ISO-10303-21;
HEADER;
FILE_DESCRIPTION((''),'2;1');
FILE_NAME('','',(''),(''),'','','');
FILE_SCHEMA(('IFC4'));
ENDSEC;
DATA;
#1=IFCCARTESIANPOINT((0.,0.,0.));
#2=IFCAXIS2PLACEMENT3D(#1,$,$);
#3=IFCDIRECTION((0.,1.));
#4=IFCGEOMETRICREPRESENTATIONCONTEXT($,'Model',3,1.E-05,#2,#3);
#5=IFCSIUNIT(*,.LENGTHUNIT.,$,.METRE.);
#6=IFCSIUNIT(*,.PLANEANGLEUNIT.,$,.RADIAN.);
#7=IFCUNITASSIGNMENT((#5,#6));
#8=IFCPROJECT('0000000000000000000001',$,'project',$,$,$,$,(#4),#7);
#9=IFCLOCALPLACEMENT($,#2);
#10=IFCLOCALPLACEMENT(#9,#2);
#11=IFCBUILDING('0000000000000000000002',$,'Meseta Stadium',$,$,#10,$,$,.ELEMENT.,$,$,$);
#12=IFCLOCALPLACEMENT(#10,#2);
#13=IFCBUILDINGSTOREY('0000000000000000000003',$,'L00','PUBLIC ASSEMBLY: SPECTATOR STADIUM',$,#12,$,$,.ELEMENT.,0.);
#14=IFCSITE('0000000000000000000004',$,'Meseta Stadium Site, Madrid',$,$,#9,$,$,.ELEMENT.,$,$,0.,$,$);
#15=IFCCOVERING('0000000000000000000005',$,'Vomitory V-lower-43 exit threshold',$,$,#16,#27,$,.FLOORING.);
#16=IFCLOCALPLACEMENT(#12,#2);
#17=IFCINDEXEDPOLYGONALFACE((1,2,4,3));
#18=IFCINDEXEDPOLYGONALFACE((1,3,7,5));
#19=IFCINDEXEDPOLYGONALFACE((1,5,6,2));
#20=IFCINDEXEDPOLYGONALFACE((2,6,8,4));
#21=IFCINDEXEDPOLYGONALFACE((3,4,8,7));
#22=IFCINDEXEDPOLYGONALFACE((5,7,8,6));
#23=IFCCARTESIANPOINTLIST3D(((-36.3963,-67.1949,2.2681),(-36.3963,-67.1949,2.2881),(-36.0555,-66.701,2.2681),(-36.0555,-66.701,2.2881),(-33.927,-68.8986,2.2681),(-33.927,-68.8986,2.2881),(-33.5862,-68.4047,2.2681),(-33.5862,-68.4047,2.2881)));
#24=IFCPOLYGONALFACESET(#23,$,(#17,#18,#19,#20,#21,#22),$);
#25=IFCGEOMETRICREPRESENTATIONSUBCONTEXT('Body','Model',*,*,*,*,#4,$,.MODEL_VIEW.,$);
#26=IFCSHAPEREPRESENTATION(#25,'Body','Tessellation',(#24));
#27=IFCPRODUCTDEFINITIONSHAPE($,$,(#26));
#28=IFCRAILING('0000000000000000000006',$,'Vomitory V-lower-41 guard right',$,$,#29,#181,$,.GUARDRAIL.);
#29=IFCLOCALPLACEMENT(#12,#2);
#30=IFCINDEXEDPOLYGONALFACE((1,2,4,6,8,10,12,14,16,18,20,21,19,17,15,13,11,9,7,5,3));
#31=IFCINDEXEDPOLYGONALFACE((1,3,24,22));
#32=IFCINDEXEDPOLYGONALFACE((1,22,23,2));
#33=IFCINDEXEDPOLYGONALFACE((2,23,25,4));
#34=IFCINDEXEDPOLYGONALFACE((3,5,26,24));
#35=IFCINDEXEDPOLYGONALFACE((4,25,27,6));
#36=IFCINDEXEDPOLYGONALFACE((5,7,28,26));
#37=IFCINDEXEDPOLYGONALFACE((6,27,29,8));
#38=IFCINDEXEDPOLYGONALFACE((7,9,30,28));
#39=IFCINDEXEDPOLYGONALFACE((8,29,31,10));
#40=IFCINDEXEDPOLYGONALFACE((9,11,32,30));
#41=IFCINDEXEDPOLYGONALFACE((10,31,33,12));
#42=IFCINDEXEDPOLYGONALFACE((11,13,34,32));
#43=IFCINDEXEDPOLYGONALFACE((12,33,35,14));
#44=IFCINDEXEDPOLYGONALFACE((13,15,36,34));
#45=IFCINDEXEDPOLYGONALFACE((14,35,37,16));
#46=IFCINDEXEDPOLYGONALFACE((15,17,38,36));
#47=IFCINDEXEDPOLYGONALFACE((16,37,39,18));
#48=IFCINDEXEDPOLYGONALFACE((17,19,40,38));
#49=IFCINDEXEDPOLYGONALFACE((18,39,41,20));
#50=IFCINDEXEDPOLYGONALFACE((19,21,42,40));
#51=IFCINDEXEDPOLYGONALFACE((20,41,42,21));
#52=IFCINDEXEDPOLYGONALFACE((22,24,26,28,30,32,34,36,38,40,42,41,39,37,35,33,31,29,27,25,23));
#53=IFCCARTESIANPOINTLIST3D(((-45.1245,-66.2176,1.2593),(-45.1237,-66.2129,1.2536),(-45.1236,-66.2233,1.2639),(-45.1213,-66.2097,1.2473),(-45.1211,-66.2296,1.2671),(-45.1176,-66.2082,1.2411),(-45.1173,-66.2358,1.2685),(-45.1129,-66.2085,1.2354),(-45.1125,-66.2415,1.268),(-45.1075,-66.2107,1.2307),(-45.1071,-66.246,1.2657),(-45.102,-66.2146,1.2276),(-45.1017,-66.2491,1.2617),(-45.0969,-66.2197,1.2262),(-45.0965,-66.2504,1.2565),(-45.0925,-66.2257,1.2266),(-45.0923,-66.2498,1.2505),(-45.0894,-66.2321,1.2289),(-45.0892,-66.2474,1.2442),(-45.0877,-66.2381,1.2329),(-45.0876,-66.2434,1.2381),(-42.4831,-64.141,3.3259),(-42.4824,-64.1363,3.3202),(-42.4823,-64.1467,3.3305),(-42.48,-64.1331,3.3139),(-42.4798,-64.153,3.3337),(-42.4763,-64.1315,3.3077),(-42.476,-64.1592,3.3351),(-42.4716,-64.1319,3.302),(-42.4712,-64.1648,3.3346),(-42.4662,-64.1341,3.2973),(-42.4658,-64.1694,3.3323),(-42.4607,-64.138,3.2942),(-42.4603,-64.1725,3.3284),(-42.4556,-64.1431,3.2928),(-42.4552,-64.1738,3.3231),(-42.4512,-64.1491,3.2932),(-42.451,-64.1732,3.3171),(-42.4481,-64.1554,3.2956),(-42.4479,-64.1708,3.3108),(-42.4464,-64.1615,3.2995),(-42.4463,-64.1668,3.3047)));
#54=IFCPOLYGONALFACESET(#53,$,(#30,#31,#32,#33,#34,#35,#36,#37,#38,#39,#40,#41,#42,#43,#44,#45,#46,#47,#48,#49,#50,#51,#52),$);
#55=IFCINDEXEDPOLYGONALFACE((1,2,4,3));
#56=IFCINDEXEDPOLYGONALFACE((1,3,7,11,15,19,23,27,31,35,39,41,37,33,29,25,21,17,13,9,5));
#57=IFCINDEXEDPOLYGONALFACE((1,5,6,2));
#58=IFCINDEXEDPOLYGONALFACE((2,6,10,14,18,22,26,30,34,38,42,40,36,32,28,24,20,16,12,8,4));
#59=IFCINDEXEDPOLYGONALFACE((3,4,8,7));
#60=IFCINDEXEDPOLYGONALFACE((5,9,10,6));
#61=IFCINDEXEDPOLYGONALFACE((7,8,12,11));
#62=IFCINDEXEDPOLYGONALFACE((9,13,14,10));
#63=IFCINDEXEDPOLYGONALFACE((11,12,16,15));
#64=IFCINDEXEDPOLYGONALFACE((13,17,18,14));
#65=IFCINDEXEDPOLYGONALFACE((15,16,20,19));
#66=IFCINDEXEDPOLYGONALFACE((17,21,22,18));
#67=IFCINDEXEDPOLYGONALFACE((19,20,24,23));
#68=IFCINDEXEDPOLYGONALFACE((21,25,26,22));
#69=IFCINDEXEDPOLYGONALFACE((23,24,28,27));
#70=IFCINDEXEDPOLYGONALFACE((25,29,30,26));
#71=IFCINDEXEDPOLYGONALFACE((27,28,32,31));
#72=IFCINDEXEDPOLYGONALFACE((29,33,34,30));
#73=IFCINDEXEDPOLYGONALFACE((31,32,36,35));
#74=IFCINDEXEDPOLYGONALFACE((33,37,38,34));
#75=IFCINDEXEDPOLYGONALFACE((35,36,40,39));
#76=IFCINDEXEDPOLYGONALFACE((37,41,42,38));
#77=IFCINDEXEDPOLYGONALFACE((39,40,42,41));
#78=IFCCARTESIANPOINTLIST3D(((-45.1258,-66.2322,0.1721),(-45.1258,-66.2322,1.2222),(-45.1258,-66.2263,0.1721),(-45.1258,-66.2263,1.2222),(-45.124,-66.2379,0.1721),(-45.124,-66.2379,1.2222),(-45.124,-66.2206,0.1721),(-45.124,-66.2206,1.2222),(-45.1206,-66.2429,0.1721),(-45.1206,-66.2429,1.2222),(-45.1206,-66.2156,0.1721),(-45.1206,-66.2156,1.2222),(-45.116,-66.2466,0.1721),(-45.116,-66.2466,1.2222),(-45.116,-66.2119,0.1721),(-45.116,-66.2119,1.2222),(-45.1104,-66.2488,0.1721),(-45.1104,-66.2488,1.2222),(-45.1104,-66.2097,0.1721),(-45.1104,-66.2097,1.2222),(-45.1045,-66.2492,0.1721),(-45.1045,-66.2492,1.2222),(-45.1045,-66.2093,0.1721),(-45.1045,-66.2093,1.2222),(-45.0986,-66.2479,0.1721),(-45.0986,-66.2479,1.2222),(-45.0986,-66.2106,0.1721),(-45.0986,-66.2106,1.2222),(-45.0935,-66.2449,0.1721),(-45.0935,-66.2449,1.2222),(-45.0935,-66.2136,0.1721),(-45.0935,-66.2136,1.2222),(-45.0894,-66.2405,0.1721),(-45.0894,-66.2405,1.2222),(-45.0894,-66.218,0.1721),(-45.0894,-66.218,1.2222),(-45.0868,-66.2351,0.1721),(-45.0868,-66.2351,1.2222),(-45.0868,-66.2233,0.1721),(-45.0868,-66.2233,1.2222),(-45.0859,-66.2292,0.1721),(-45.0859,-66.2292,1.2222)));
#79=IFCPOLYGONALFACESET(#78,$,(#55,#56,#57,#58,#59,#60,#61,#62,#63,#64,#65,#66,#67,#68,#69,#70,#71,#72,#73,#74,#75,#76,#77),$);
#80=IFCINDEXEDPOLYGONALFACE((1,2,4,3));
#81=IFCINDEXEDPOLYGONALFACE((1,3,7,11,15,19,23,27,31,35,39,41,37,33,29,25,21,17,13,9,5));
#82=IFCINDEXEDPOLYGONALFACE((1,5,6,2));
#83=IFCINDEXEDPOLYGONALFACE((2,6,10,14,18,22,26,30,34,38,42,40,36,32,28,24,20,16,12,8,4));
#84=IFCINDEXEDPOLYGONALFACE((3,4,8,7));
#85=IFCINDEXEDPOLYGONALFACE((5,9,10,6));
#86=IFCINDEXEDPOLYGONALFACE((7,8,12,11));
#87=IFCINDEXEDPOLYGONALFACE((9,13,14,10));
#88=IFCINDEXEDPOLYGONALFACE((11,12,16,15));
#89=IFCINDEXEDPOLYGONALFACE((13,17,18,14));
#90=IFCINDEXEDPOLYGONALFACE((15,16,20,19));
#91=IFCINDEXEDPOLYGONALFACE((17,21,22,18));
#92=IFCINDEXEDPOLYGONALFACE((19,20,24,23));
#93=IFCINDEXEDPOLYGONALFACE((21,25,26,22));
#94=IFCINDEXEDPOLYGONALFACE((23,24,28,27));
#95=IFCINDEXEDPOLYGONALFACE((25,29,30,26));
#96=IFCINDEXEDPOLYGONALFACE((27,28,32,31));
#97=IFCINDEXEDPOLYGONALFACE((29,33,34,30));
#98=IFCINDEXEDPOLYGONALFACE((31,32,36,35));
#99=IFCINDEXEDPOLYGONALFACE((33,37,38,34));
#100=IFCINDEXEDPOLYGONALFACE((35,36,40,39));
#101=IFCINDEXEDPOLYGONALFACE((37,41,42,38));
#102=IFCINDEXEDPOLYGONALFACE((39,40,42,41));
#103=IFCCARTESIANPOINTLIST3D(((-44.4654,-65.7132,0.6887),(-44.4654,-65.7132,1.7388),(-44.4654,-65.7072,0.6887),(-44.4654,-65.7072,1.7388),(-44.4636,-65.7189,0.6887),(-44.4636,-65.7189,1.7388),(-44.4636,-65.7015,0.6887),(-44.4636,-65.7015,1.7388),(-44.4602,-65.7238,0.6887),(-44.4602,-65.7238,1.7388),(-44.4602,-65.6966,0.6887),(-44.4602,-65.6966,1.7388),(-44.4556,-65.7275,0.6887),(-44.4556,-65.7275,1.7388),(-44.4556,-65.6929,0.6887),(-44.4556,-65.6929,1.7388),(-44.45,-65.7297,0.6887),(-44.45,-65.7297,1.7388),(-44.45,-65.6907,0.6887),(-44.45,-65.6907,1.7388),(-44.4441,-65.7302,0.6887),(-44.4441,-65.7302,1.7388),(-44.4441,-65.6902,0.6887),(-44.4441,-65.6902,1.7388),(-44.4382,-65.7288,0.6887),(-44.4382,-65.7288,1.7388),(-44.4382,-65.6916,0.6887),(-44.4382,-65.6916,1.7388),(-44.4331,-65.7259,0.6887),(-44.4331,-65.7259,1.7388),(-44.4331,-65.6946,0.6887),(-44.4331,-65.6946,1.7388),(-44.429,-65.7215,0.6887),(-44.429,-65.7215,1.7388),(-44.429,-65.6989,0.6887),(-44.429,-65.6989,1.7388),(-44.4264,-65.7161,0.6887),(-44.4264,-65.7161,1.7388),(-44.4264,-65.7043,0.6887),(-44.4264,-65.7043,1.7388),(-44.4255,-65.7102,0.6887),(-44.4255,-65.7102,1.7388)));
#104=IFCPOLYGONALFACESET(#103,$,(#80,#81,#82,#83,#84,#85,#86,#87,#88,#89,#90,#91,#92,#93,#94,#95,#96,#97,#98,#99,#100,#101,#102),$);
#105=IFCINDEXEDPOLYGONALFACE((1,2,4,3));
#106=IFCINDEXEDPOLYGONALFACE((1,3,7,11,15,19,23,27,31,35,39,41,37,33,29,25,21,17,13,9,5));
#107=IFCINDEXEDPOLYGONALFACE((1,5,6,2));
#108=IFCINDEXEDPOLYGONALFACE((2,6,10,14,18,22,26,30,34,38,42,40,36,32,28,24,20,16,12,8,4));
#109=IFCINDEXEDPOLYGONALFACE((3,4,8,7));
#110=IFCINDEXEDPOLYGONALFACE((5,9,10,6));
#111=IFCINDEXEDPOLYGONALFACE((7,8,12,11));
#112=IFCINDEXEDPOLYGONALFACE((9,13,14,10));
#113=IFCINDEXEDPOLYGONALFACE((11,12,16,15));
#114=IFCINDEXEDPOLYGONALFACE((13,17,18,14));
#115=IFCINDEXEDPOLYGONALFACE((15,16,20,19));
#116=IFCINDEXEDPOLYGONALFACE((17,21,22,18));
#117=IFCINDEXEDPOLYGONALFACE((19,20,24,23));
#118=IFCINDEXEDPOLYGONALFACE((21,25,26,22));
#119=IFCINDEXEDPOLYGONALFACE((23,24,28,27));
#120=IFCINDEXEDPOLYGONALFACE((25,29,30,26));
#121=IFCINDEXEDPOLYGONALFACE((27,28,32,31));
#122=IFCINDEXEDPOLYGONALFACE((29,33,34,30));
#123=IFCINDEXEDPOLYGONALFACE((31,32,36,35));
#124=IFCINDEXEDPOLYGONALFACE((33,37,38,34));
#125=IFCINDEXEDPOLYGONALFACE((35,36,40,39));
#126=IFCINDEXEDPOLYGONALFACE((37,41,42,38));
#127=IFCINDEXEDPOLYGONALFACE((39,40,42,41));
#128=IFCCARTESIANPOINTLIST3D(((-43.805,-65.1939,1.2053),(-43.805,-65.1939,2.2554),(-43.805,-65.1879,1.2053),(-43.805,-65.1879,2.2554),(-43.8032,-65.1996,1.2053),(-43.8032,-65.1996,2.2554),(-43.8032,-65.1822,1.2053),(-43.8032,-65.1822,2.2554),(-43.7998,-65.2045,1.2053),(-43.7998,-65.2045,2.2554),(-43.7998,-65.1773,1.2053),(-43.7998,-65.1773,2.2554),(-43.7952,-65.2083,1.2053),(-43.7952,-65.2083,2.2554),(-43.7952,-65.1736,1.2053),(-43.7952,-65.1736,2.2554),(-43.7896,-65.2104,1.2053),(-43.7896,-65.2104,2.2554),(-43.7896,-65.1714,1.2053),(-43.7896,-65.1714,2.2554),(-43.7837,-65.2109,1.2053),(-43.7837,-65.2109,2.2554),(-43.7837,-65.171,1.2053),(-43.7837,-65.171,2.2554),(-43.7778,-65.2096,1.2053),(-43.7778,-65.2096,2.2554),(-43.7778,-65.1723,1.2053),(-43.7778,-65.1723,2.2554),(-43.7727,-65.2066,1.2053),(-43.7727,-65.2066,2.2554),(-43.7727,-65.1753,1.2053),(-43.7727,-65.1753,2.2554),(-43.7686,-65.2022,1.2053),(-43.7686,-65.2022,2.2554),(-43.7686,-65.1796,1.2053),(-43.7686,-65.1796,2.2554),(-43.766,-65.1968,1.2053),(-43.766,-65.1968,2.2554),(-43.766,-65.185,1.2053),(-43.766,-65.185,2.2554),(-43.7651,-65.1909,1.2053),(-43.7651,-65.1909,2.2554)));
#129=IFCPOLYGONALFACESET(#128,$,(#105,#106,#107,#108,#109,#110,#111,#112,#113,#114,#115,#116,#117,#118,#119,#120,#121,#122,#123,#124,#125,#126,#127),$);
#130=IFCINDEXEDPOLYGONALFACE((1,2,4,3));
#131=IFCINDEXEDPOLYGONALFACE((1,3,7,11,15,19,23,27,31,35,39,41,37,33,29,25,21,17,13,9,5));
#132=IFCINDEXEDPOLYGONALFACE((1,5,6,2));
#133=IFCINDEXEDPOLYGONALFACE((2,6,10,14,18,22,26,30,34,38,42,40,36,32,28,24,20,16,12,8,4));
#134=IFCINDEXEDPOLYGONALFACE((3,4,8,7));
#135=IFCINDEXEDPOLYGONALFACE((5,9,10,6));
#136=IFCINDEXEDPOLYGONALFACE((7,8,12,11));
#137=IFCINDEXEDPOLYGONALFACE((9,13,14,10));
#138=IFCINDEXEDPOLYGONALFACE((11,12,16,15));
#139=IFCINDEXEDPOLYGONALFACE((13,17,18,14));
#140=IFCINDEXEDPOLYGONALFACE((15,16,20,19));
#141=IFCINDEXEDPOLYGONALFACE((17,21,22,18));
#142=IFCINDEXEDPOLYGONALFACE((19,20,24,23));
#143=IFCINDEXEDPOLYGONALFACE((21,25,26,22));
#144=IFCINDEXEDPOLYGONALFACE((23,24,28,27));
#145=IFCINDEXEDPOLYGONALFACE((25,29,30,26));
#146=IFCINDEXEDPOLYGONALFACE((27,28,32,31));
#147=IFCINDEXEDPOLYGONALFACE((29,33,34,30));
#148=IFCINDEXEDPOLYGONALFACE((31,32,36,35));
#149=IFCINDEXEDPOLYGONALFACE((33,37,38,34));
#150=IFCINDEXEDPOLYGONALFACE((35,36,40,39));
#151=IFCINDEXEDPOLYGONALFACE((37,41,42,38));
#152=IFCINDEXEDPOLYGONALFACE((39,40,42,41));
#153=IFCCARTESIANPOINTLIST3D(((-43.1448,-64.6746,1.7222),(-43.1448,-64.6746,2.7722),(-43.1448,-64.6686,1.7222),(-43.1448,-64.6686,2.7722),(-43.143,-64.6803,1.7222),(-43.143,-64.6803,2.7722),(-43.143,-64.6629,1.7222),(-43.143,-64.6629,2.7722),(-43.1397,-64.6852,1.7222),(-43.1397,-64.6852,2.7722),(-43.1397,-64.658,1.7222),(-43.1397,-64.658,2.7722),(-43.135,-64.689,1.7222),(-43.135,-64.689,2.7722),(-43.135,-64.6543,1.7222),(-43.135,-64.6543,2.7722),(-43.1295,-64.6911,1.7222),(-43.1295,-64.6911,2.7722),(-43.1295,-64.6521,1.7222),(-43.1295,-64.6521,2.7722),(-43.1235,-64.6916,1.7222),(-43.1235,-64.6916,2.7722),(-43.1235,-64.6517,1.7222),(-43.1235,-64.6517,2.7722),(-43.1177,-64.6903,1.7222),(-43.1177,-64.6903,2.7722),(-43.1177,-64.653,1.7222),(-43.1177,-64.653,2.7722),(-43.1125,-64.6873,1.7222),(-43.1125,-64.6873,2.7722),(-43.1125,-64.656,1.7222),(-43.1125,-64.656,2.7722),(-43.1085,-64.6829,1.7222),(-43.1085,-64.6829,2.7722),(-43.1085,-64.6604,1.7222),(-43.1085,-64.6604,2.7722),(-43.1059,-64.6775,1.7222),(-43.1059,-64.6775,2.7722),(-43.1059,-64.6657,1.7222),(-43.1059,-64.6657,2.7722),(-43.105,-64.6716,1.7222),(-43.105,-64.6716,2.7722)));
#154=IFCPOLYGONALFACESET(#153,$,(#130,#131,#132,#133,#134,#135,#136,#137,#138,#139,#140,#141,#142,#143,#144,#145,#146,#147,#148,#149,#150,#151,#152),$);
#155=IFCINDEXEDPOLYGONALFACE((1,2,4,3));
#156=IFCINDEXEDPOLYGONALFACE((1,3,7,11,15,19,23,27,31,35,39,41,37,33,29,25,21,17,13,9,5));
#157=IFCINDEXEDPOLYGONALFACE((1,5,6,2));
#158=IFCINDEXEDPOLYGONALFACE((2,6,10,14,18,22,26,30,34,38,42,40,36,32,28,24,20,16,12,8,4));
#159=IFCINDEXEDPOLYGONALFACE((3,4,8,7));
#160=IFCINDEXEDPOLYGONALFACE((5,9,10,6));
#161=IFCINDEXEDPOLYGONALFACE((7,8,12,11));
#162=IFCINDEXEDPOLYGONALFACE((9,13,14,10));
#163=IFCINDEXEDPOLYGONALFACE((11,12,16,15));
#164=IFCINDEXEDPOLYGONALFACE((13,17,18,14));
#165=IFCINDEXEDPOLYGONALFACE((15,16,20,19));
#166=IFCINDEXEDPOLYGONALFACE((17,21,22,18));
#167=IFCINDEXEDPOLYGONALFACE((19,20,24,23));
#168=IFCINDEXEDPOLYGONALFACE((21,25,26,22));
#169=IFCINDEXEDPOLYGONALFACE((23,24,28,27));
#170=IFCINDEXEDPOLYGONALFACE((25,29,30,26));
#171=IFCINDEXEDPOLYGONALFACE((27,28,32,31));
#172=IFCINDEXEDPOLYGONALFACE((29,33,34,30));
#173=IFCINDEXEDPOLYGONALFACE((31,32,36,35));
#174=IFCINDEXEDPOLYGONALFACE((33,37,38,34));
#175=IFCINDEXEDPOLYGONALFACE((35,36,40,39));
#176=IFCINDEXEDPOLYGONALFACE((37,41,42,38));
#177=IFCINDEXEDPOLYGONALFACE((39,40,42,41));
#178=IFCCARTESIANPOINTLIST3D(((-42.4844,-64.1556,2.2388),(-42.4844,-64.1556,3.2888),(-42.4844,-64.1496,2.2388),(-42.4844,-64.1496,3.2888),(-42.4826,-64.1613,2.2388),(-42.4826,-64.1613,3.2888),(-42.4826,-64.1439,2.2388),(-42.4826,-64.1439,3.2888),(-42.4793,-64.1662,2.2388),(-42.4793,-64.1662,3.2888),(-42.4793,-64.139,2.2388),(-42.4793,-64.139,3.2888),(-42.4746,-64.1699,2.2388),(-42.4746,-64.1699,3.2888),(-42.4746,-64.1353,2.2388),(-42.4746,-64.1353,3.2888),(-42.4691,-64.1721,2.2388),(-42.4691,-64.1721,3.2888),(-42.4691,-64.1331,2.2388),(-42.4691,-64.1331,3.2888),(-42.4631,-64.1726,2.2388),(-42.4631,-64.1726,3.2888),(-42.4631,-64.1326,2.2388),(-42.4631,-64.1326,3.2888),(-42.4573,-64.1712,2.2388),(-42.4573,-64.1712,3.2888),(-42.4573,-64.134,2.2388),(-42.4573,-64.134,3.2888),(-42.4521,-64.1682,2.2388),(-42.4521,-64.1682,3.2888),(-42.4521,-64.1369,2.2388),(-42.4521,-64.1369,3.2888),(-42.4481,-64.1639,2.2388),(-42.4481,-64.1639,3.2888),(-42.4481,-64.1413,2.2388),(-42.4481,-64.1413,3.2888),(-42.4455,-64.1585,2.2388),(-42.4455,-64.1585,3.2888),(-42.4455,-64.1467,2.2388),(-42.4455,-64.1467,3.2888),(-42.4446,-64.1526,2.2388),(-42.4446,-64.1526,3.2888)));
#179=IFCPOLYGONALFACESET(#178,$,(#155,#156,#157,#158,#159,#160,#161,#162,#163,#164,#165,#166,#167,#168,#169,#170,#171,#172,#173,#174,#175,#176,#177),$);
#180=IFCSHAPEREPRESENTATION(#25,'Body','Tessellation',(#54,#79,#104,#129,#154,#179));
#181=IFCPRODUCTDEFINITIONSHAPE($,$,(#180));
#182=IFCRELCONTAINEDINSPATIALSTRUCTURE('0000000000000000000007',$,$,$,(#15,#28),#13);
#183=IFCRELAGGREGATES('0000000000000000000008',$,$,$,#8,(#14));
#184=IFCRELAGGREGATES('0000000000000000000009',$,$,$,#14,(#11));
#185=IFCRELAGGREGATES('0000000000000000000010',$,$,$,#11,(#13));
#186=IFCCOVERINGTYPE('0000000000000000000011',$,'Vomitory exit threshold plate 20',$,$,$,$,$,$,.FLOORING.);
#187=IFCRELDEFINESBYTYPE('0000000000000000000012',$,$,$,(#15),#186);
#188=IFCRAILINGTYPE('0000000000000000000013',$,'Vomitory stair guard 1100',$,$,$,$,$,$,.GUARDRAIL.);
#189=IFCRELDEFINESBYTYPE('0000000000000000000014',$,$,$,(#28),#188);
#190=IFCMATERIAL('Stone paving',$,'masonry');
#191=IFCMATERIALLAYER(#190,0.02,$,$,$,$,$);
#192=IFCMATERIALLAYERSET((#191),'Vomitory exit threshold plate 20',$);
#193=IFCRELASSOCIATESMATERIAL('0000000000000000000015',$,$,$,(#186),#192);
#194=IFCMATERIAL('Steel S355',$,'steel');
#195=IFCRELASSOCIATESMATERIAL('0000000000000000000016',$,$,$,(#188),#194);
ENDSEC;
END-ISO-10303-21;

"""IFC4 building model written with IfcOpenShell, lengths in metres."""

from ifc_helpers import new_model, si_unit, direction, frame, origin, origin_2d, place, context, subcontext, project, spatial, rectangle, circle, extrude, material, layer, layer_set, type_object, element, save


model = new_model("IFC4")

# Units and contexts
model_context = context("Model", 3, precision=1e-05, world=origin(), true_north=direction((0.0, 1.0)))
body_context = subcontext(model_context, "Body", "Model", "MODEL_VIEW")
ifc_project = project(units=[si_unit("LENGTHUNIT", "METRE"), si_unit("PLANEANGLEUNIT", "RADIAN")], contexts=[model_context])

# Site, building, storey
site_placement = place(None, origin())
site = spatial("IfcSite", under=ifc_project, at=site_placement, Name="Meseta Stadium Site, Madrid", CompositionType="ELEMENT", RefElevation=0.0)
building_placement = place(site_placement, origin())
building = spatial("IfcBuilding", under=site, at=building_placement, Name="Meseta Stadium", CompositionType="ELEMENT")
storey_placement = place(building_placement, origin())
storey = spatial("IfcBuildingStorey", under=building, at=storey_placement, Name="L00", Description="PUBLIC ASSEMBLY: SPECTATOR STADIUM", CompositionType="ELEMENT", Elevation=0.0)

# Covering
ifc_material_1 = material(Name="Stone paving", Category="masonry")
ifc_layer = layer(ifc_material_1, 0.02)
ifc_layer_set = layer_set([ifc_layer], Name="Vomitory exit threshold plate 20")
covering_type = type_object("IfcCoveringType", Name="Vomitory exit threshold plate 20", PredefinedType="FLOORING", material=ifc_layer_set)
for number, where, z_axis, x_axis, name in (
    (1, (-34.9912, -67.7998, 2.2681), (0.0, 0.0, 1.0), (0.5679, 0.823098, 0.0), "Vomitory V-lower-43 exit threshold"),
):
    element("IfcCovering", number, at=place(storey_placement, frame(where, z_axis=z_axis, x_axis=x_axis)), inside=storey, type_object=covering_type, Name=name, PredefinedType="FLOORING", context=body_context, shape_type="SweptSolid", body=[
        extrude(rectangle(XDim=0.6001, YDim=3.0, at=origin_2d()), origin(), (0.0, 0.0, 1.0), 0.02),
    ])

# Railing
ifc_material_2 = material(Name="Steel S355", Category="steel")
railing_type_1 = type_object("IfcRailingType", Name="Vomitory stair guard 1100", PredefinedType="GUARDRAIL", material=ifc_material_2)
railing_1_placement = place(storey_placement, frame((-45.106, -66.2292, 0.1721)))
element("IfcRailing", 2, at=railing_1_placement, inside=storey, type_object=railing_type_1, Name="Vomitory V-lower-41 guard right", PredefinedType="GUARDRAIL", context=body_context, shape_type="SweptSolid", body=[
    extrude(circle(Radius=0.0249, at=origin_2d()), frame((0.0, 0.0, 1.0752), z_axis=(0.669604, 0.526449, 0.523911), x_axis=(-0.618062, 0.786129, 0.0)), (0.0, 0.0, 1.0), 3.9446),
    extrude(circle(Radius=0.02, at=origin_2d()), origin(), (0.0, 0.0, 1.0), 1.05),
    extrude(circle(Radius=0.02, at=origin_2d()), frame((0.6604, 0.519, 0.5166)), (0.0, 0.0, 1.0), 1.05),
    extrude(circle(Radius=0.02, at=origin_2d()), frame((1.3208, 1.0383, 1.0332)), (0.0, 0.0, 1.0), 1.05),
    extrude(circle(Radius=0.02, at=origin_2d()), frame((1.981, 1.5576, 1.55)), (0.0, 0.0, 1.0), 1.05),
    extrude(circle(Radius=0.02, at=origin_2d()), frame((2.6414, 2.0767, 2.0667)), (0.0, 0.0, 1.0), 1.05),
])

save(model, "model.ifc")
